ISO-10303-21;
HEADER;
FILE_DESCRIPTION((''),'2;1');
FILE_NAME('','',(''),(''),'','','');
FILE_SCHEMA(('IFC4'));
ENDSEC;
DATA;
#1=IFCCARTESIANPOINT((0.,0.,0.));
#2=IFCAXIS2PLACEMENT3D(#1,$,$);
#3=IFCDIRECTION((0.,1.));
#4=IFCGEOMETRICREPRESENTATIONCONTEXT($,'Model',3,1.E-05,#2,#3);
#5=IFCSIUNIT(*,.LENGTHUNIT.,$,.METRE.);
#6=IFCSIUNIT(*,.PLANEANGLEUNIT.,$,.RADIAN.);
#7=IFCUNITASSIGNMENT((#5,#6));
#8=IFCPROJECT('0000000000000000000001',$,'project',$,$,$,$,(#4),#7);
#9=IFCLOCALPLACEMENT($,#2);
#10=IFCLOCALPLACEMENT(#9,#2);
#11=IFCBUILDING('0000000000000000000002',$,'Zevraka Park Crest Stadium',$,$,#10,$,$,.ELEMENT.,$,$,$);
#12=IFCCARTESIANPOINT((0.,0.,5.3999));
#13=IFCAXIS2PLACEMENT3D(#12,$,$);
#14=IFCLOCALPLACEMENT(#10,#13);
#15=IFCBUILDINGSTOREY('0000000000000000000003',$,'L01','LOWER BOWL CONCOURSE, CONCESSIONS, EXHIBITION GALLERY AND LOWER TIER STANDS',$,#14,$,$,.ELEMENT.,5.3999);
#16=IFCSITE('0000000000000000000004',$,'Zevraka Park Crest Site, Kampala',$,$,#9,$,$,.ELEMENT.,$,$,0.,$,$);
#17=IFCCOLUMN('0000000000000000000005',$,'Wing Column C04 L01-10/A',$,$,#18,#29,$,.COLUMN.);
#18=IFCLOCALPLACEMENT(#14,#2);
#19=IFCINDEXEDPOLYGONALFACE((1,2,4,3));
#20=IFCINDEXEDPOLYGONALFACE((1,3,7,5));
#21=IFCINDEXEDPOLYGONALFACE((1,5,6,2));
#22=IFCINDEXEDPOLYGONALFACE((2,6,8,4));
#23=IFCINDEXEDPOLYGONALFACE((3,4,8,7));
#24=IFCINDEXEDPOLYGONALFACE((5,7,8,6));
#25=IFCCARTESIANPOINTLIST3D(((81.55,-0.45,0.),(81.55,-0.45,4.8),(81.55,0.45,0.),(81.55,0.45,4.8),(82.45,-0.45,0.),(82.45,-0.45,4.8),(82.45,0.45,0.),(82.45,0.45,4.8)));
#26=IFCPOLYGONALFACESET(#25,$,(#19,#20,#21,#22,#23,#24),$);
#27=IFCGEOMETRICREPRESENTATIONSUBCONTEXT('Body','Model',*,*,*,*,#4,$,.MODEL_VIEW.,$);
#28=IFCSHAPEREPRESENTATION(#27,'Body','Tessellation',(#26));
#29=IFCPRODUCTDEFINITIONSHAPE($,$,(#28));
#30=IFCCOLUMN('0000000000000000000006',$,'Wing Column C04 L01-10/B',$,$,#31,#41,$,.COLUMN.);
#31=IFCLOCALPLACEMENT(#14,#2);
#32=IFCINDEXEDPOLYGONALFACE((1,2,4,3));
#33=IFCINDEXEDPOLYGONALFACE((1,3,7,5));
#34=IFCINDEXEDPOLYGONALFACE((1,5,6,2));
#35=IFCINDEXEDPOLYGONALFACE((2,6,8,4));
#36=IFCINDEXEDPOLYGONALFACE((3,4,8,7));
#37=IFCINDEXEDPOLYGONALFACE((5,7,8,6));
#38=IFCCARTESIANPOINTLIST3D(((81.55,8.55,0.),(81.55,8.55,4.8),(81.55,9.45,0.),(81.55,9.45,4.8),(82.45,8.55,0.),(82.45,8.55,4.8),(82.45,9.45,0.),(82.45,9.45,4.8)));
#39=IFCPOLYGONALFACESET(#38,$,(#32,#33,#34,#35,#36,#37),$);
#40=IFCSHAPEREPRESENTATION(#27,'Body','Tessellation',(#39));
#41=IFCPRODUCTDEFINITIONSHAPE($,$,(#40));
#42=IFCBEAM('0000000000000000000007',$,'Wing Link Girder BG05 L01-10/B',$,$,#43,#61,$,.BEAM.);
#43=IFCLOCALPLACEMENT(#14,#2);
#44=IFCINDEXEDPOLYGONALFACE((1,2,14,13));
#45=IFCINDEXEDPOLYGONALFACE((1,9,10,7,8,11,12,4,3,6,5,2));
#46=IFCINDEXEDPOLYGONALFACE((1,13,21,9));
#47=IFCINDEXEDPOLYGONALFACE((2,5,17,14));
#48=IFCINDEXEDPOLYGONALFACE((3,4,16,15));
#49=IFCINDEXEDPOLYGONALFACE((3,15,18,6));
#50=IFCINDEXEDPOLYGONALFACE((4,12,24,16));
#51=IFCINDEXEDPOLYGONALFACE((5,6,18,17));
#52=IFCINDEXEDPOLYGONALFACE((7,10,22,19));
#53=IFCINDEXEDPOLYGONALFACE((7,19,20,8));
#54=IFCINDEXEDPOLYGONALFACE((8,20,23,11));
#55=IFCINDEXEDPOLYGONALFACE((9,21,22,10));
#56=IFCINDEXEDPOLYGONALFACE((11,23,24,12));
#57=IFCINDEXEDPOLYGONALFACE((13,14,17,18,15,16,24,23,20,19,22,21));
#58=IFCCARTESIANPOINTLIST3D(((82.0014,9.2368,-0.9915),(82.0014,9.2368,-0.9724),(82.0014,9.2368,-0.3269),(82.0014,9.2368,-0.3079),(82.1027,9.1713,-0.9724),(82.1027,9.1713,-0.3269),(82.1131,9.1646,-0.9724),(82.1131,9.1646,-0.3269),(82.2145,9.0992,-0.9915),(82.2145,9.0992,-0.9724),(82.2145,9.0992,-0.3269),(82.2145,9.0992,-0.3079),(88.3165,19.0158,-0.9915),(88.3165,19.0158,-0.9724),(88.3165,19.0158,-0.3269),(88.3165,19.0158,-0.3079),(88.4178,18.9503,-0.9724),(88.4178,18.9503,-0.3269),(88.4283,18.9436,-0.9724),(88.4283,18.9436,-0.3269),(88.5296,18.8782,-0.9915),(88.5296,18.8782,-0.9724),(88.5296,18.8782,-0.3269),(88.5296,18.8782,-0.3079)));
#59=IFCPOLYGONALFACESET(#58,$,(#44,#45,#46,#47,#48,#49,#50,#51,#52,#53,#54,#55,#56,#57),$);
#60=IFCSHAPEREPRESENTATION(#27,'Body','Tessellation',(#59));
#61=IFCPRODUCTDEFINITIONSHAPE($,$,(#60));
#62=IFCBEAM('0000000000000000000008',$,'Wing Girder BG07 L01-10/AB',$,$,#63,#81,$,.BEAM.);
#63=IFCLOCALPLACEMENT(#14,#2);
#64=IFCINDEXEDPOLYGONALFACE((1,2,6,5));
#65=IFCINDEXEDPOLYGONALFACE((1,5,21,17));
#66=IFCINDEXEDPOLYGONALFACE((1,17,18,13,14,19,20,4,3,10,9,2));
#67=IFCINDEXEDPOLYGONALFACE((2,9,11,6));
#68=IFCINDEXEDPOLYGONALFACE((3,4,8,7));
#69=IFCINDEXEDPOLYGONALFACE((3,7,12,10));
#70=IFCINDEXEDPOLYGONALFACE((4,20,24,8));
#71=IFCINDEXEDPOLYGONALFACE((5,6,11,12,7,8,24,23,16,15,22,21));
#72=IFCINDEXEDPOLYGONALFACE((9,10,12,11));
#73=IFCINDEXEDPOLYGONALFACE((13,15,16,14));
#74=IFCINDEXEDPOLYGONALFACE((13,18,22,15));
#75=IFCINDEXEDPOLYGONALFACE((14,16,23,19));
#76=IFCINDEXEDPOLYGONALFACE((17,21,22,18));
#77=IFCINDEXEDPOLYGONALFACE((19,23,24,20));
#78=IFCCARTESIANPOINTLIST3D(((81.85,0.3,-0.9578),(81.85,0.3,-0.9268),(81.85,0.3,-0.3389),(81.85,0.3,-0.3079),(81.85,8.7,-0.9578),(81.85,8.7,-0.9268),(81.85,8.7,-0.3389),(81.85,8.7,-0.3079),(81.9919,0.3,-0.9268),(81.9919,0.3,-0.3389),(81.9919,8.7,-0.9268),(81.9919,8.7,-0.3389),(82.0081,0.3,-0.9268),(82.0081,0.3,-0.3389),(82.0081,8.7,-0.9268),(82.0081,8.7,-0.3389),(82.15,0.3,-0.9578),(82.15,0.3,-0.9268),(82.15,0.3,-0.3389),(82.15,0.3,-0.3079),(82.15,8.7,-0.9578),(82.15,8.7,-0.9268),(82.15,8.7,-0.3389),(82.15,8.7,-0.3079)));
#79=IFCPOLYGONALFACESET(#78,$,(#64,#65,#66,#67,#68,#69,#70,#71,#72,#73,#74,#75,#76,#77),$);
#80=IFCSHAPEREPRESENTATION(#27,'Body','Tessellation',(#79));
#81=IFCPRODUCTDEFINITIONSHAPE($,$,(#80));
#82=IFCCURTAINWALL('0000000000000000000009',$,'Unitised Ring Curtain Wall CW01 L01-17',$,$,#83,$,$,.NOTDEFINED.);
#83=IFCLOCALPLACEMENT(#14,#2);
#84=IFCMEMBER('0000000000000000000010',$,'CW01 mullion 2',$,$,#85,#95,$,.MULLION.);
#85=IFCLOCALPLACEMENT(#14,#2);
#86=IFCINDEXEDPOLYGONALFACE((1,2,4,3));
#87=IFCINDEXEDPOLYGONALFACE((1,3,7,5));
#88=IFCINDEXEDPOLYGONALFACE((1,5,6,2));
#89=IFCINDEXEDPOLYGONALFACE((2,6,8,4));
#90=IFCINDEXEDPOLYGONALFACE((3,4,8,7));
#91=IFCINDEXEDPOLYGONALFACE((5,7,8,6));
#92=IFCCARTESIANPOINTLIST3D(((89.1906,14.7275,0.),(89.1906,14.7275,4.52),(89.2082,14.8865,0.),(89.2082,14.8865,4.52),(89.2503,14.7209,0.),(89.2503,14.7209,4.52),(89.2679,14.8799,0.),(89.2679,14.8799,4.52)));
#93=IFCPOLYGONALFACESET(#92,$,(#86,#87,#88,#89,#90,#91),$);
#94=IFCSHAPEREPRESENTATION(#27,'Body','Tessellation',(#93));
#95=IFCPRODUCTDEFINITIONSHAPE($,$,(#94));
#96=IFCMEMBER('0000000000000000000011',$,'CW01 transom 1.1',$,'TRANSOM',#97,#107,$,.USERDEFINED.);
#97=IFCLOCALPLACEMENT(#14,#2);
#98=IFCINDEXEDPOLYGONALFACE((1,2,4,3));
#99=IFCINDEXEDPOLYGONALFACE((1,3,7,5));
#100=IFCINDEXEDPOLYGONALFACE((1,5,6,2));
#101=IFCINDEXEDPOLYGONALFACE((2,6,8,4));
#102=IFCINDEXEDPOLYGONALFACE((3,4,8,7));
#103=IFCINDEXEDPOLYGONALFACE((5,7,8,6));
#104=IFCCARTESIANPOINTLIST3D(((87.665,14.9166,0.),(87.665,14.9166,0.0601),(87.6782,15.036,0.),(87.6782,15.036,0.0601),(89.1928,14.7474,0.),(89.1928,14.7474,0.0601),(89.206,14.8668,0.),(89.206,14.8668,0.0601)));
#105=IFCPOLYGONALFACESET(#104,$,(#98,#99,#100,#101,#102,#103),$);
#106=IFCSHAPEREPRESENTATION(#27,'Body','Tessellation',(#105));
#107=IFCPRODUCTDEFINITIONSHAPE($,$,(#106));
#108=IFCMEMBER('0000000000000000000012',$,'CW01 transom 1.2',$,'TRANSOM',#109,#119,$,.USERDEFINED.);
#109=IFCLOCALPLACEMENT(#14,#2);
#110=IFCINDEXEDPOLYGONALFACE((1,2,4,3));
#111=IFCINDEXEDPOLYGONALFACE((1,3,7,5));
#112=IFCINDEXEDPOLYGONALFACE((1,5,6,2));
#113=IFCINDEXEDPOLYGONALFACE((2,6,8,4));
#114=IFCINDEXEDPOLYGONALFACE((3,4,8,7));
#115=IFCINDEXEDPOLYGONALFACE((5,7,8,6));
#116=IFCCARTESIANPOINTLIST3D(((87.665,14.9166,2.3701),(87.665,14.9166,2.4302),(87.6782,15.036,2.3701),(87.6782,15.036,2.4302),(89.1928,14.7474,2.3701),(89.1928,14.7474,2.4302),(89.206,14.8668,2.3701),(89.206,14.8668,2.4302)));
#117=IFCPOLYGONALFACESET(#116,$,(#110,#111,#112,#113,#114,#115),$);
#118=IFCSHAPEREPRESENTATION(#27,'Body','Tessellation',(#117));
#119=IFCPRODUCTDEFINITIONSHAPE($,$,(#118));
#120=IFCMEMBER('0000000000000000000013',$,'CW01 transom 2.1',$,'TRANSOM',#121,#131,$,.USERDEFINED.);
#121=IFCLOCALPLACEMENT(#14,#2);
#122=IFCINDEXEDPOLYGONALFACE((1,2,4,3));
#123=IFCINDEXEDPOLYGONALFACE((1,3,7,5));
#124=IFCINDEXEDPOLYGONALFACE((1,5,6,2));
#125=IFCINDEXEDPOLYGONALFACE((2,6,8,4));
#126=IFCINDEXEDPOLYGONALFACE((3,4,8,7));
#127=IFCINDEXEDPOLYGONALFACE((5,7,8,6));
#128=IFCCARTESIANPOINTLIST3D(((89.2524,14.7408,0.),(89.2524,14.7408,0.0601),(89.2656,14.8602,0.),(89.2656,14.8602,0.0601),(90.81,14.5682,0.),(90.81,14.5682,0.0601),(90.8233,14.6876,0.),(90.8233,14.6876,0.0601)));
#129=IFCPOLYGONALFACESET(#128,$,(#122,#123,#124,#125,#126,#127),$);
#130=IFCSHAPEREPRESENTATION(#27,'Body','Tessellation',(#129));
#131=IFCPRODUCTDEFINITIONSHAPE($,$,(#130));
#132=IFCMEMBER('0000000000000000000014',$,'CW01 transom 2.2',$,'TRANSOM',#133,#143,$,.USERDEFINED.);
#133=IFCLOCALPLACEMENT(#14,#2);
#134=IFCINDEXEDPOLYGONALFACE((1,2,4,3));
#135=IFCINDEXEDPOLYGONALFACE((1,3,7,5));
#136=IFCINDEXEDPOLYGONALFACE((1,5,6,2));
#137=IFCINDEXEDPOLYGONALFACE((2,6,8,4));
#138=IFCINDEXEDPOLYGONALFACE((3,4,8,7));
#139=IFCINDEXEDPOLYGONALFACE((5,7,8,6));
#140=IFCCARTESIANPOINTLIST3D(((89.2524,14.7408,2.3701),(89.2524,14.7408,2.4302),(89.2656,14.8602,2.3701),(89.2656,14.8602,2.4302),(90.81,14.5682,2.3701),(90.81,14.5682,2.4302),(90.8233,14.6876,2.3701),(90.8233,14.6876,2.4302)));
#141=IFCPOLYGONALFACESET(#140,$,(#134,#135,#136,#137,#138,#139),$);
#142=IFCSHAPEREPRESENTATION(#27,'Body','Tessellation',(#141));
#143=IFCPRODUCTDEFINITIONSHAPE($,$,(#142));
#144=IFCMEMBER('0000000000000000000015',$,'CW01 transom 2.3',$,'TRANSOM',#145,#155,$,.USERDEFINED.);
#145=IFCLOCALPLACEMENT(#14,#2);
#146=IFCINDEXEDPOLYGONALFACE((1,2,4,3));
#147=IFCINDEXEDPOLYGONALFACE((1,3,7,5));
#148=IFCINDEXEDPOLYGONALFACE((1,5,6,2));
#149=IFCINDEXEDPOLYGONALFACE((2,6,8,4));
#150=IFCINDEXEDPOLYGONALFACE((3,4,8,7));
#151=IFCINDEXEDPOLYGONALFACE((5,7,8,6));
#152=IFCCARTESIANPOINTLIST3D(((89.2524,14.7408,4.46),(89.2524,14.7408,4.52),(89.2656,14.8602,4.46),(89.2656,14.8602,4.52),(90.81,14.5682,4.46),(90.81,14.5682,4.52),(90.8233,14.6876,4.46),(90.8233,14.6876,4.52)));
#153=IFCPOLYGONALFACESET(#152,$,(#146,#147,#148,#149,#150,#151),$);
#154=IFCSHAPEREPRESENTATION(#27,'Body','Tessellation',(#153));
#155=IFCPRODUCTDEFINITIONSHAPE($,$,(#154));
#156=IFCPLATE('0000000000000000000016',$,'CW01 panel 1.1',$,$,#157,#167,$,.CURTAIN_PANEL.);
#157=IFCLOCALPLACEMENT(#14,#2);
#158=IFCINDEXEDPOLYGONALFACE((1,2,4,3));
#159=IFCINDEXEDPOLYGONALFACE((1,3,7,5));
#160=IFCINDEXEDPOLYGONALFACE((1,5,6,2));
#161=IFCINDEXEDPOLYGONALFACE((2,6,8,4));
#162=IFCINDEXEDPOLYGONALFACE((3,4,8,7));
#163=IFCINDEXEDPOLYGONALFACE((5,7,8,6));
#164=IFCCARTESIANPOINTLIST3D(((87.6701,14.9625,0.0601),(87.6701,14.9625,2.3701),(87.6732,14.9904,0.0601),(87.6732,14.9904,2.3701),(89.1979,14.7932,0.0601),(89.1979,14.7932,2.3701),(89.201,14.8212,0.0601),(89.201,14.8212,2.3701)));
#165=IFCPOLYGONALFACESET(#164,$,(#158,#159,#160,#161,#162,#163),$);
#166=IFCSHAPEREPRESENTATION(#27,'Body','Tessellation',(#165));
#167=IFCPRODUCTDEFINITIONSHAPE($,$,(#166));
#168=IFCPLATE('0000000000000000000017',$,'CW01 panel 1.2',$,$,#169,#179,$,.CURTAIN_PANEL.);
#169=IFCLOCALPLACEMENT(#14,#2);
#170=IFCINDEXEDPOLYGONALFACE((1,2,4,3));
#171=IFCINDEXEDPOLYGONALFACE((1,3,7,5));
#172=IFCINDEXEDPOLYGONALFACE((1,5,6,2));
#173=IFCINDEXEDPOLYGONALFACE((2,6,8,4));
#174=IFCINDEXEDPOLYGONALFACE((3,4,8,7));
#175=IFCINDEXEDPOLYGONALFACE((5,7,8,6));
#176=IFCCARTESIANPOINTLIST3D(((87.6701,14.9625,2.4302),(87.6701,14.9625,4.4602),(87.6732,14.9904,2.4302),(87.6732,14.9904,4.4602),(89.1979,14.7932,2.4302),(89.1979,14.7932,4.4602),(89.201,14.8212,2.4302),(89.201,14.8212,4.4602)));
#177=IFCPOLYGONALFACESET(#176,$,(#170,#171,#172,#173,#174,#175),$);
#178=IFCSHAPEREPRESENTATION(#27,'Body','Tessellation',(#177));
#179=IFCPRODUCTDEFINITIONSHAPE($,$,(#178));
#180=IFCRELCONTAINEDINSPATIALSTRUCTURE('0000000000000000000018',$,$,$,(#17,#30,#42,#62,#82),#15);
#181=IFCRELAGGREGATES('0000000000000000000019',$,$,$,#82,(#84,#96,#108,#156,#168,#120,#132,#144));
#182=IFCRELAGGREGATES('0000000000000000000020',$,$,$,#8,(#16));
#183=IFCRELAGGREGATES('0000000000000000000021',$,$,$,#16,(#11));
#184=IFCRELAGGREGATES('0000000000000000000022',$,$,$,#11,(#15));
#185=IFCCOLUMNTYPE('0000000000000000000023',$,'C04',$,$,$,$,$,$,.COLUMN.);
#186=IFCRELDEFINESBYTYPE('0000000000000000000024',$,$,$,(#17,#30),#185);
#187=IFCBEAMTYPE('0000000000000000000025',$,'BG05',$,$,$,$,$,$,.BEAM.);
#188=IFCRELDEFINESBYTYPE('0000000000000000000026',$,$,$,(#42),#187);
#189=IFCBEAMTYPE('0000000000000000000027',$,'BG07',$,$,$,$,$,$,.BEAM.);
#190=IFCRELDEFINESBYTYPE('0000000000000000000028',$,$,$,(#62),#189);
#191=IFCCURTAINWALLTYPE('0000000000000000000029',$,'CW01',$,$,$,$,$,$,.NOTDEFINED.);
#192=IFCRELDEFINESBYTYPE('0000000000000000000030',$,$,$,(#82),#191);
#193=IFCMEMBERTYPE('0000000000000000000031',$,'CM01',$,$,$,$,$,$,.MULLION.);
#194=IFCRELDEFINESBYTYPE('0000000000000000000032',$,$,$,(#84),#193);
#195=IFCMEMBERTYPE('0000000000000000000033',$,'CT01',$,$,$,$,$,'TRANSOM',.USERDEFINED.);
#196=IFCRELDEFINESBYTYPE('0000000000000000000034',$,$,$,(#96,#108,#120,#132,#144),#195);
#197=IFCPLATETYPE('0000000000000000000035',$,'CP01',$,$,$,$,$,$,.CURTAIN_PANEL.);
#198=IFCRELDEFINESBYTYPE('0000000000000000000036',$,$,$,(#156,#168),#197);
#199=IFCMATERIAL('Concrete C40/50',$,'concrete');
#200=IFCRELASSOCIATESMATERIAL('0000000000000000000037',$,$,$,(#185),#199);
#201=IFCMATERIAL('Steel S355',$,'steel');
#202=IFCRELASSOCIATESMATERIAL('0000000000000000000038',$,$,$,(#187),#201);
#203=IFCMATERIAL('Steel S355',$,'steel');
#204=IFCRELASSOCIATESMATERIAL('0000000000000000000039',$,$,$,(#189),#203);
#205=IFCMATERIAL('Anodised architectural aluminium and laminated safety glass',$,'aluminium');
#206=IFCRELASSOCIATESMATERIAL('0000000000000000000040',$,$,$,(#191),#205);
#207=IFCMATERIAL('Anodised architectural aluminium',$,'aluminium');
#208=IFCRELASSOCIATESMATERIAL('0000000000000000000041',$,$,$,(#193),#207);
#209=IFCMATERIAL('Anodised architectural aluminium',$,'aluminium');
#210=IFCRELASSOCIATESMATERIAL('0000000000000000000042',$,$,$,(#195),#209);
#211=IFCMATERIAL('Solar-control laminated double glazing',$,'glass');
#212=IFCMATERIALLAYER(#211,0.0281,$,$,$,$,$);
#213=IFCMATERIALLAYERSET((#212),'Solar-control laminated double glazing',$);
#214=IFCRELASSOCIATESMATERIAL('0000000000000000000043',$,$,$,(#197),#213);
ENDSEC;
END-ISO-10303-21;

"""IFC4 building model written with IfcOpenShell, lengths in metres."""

from ifc_helpers import new_model, si_unit, direction, frame, origin, origin_2d, place, context, subcontext, project, spatial, rectangle, i_section, extrude, material, layer, layer_set, material_profile, profile_set, type_object, element, aggregate, save


model = new_model("IFC4")

# Units and contexts
model_context = context("Model", 3, precision=1e-05, world=origin(), true_north=direction((0.0, 1.0)))
body_context = subcontext(model_context, "Body", "Model", "MODEL_VIEW")
ifc_project = project(units=[si_unit("LENGTHUNIT", "METRE"), si_unit("PLANEANGLEUNIT", "RADIAN")], contexts=[model_context])

# Site, building, storey
site_placement = place(None, origin())
site = spatial("IfcSite", under=ifc_project, at=site_placement, Name="Zevraka Park Crest Site, Kampala", CompositionType="ELEMENT", RefElevation=0.0)
building_placement = place(site_placement, origin())
building = spatial("IfcBuilding", under=site, at=building_placement, Name="Zevraka Park Crest Stadium", CompositionType="ELEMENT")
storey_placement = place(building_placement, frame((0.0, 0.0, 5.3999)))
storey = spatial("IfcBuildingStorey", under=building, at=storey_placement, Name="L01", Description="LOWER BOWL CONCOURSE, CONCESSIONS, EXHIBITION GALLERY AND LOWER TIER STANDS", CompositionType="ELEMENT", Elevation=5.3999)

# Columns
ifc_material_1 = material(Name="Concrete C40/50", Category="concrete")
ifc_material_profile_1 = material_profile(ifc_material_1, rectangle(XDim=0.8999, YDim=0.8999, at=origin_2d()), Name="RC 900x900")
ifc_profile_set_1 = profile_set([ifc_material_profile_1], Name="Concrete C40/50")
column_type = type_object("IfcColumnType", Name="C04", PredefinedType="COLUMN", material=ifc_profile_set_1)
for number, where, z_axis, x_axis, name in (
    (1, (82.0, 0.0, 0.0), (0.0, 0.0, 1.0), (1.0, 0.0, 0.0), "Wing Column C04 L01-10/A"),
    (2, (82.0, 9.0, 0.0), (0.0, 0.0, 1.0), (1.0, 0.0, 0.0), "Wing Column C04 L01-10/B"),
):
    element("IfcColumn", number, at=place(storey_placement, frame(where, z_axis=z_axis, x_axis=x_axis)), inside=storey, type_object=column_type, Name=name, PredefinedType="COLUMN", context=body_context, shape_type="SweptSolid", body=[
        extrude(rectangle(XDim=0.8999, YDim=0.8999, at=origin_2d()), origin(), (0.0, 0.0, 1.0), 4.8),
    ])

# Beams
ifc_material_2 = material(Name="Steel S355", Category="steel")
ifc_material_profile_2 = material_profile(ifc_material_2, i_section(OverallWidth=0.2537, OverallDepth=0.6836, WebThickness=0.0125, FlangeThickness=0.019, at=origin_2d()), Name="UKB 686x254x140")
ifc_profile_set_2 = profile_set([ifc_material_profile_2], Name="Steel S355")
beam_type_1 = type_object("IfcBeamType", Name="BG05", PredefinedType="BEAM", material=ifc_profile_set_2)
beam_1_placement = place(storey_placement, frame((82.1079, 9.168, -0.6497), z_axis=(0.542498, 0.840057, 0.0), x_axis=(-0.840057, 0.542498, 0.0)))
element("IfcBeam", 3, at=beam_1_placement, inside=storey, type_object=beam_type_1, Name="Wing Link Girder BG05 L01-10/B", PredefinedType="BEAM", context=body_context, shape_type="SweptSolid", body=[
    extrude(i_section(OverallWidth=0.2537, OverallDepth=0.6836, WebThickness=0.0125, FlangeThickness=0.019, at=origin_2d()), origin(), (0.0, 0.0, 1.0), 11.6409),
])
ifc_material_3 = material(Name="Steel S355", Category="steel")
ifc_material_profile_3 = material_profile(ifc_material_3, i_section(OverallWidth=0.3, OverallDepth=0.6499, WebThickness=0.0161, FlangeThickness=0.031, at=origin_2d()), Name="HEB 650")
ifc_profile_set_3 = profile_set([ifc_material_profile_3], Name="Steel S355")
beam_type_2 = type_object("IfcBeamType", Name="BG07", PredefinedType="BEAM", material=ifc_profile_set_3)
beam_2_placement = place(storey_placement, frame((82.0, 0.3, -0.6328), z_axis=(0.0, 1.0, 0.0), x_axis=(-1.0, 0.0, 0.0)))
element("IfcBeam", 4, at=beam_2_placement, inside=storey, type_object=beam_type_2, Name="Wing Girder BG07 L01-10/AB", PredefinedType="BEAM", context=body_context, shape_type="SweptSolid", body=[
    extrude(i_section(OverallWidth=0.3, OverallDepth=0.6499, WebThickness=0.0161, FlangeThickness=0.031, at=origin_2d()), origin(), (0.0, 0.0, 1.0), 8.3999),
])

# Curtain wall, members, plates
ifc_material_4 = material(Name="Anodised architectural aluminium and laminated safety glass", Category="aluminium")
curtain_wall_type = type_object("IfcCurtainWallType", Name="CW01", PredefinedType="NOTDEFINED", material=ifc_material_4)
curtain_wall_placement = place(storey_placement, origin())
curtain_wall = element("IfcCurtainWall", 5, at=curtain_wall_placement, inside=storey, type_object=curtain_wall_type, Name="Unitised Ring Curtain Wall CW01 L01-17", PredefinedType="NOTDEFINED")
ifc_material_5 = material(Name="Anodised architectural aluminium", Category="aluminium")
ifc_material_profile_4 = material_profile(ifc_material_5, rectangle(XDim=0.1599, YDim=0.0601, at=origin_2d()), Name="ALU MULLION 160x60")
ifc_profile_set_4 = profile_set([ifc_material_profile_4], Name="Anodised architectural aluminium")
member_type_1 = type_object("IfcMemberType", Name="CM01", PredefinedType="MULLION", material=ifc_profile_set_4)
member_1_placement = place(storey_placement, frame((89.2292, 14.8037, 0.0), z_axis=(0.0, 0.0, 1.0), x_axis=(0.110135, 0.993917, 0.0)))
member_1 = element("IfcMember", 6, at=member_1_placement, type_object=member_type_1, Name="CW01 mullion 2", PredefinedType="MULLION", context=body_context, shape_type="SweptSolid", body=[
    extrude(rectangle(XDim=0.1599, YDim=0.0601, at=origin_2d()), origin(), (0.0, 0.0, 1.0), 4.52),
])
ifc_material_6 = material(Name="Anodised architectural aluminium", Category="aluminium")
ifc_material_profile_5 = material_profile(ifc_material_6, rectangle(XDim=0.1201, YDim=0.0601, at=origin_2d()), Name="ALU TRANSOM 120x60")
ifc_profile_set_5 = profile_set([ifc_material_profile_5], Name="Anodised architectural aluminium")
member_type_2 = type_object("IfcMemberType", Name="CT01", ElementType="TRANSOM", PredefinedType="USERDEFINED", material=ifc_profile_set_5)
member_2_placement = place(storey_placement, frame((87.6716, 14.9763, 0.03), z_axis=(0.993924, -0.110065, 0.0), x_axis=(0.110065, 0.993924, 0.0)))
member_2 = element("IfcMember", 7, at=member_2_placement, type_object=member_type_2, Name="CW01 transom 1.1", ObjectType="TRANSOM", PredefinedType="USERDEFINED", context=body_context, shape_type="SweptSolid", body=[
    extrude(rectangle(XDim=0.1201, YDim=0.0601, at=origin_2d()), origin(), (0.0, 0.0, 1.0), 1.5371),
])
member_3_placement = place(storey_placement, frame((87.6716, 14.9763, 2.4001), z_axis=(0.993924, -0.110065, 0.0), x_axis=(0.110065, 0.993924, 0.0)))
member_3 = element("IfcMember", 8, at=member_3_placement, type_object=member_type_2, Name="CW01 transom 1.2", ObjectType="TRANSOM", PredefinedType="USERDEFINED", context=body_context, shape_type="SweptSolid", body=[
    extrude(rectangle(XDim=0.1201, YDim=0.0601, at=origin_2d()), origin(), (0.0, 0.0, 1.0), 1.5371),
])
member_4_placement = place(storey_placement, frame((89.259, 14.8005, 0.03), z_axis=(0.993916, -0.110141, 0.0), x_axis=(0.110141, 0.993916, 0.0)))
member_4 = element("IfcMember", 9, at=member_4_placement, type_object=member_type_2, Name="CW01 transom 2.1", ObjectType="TRANSOM", PredefinedType="USERDEFINED", context=body_context, shape_type="SweptSolid", body=[
    extrude(rectangle(XDim=0.1201, YDim=0.0601, at=origin_2d()), origin(), (0.0, 0.0, 1.0), 1.5671),
])
member_5_placement = place(storey_placement, frame((89.259, 14.8005, 2.4001), z_axis=(0.993916, -0.110141, 0.0), x_axis=(0.110141, 0.993916, 0.0)))
member_5 = element("IfcMember", 10, at=member_5_placement, type_object=member_type_2, Name="CW01 transom 2.2", ObjectType="TRANSOM", PredefinedType="USERDEFINED", context=body_context, shape_type="SweptSolid", body=[
    extrude(rectangle(XDim=0.1201, YDim=0.0601, at=origin_2d()), origin(), (0.0, 0.0, 1.0), 1.5671),
])
member_6_placement = place(storey_placement, frame((89.259, 14.8005, 4.49), z_axis=(0.993916, -0.110141, 0.0), x_axis=(0.110141, 0.993916, 0.0)))
member_6 = element("IfcMember", 11, at=member_6_placement, type_object=member_type_2, Name="CW01 transom 2.3", ObjectType="TRANSOM", PredefinedType="USERDEFINED", context=body_context, shape_type="SweptSolid", body=[
    extrude(rectangle(XDim=0.1201, YDim=0.0601, at=origin_2d()), origin(), (0.0, 0.0, 1.0), 1.5671),
])
ifc_material_7 = material(Name="Solar-control laminated double glazing", Category="glass")
ifc_layer_1 = layer(ifc_material_7, 0.0281)
ifc_layer_set_1 = layer_set([ifc_layer_1], Name="Solar-control laminated double glazing")
plate_type = type_object("IfcPlateType", Name="CP01", PredefinedType="CURTAIN_PANEL", material=ifc_layer_set_1)
plate_1_placement = place(storey_placement, frame((88.4355, 14.8918, 0.0601), z_axis=(0.0, 0.0, 1.0), x_axis=(0.993917, -0.110135, 0.0)))
plate_1 = element("IfcPlate", 12, at=plate_1_placement, type_object=plate_type, Name="CW01 panel 1.1", PredefinedType="CURTAIN_PANEL", context=body_context, shape_type="SweptSolid", body=[
    extrude(rectangle(XDim=1.5371, YDim=0.0281, at=origin_2d()), origin(), (0.0, 0.0, 1.0), 2.3101),
])
plate_2_placement = place(storey_placement, frame((88.4355, 14.8918, 2.4302), z_axis=(0.0, 0.0, 1.0), x_axis=(0.993917, -0.110135, 0.0)))
plate_2 = element("IfcPlate", 13, at=plate_2_placement, type_object=plate_type, Name="CW01 panel 1.2", PredefinedType="CURTAIN_PANEL", context=body_context, shape_type="SweptSolid", body=[
    extrude(rectangle(XDim=1.5371, YDim=0.0281, at=origin_2d()), origin(), (0.0, 0.0, 1.0), 2.03),
])
aggregate(curtain_wall, [member_1, member_2, member_3, plate_1, plate_2, member_4, member_5, member_6])

save(model, "model.ifc")
